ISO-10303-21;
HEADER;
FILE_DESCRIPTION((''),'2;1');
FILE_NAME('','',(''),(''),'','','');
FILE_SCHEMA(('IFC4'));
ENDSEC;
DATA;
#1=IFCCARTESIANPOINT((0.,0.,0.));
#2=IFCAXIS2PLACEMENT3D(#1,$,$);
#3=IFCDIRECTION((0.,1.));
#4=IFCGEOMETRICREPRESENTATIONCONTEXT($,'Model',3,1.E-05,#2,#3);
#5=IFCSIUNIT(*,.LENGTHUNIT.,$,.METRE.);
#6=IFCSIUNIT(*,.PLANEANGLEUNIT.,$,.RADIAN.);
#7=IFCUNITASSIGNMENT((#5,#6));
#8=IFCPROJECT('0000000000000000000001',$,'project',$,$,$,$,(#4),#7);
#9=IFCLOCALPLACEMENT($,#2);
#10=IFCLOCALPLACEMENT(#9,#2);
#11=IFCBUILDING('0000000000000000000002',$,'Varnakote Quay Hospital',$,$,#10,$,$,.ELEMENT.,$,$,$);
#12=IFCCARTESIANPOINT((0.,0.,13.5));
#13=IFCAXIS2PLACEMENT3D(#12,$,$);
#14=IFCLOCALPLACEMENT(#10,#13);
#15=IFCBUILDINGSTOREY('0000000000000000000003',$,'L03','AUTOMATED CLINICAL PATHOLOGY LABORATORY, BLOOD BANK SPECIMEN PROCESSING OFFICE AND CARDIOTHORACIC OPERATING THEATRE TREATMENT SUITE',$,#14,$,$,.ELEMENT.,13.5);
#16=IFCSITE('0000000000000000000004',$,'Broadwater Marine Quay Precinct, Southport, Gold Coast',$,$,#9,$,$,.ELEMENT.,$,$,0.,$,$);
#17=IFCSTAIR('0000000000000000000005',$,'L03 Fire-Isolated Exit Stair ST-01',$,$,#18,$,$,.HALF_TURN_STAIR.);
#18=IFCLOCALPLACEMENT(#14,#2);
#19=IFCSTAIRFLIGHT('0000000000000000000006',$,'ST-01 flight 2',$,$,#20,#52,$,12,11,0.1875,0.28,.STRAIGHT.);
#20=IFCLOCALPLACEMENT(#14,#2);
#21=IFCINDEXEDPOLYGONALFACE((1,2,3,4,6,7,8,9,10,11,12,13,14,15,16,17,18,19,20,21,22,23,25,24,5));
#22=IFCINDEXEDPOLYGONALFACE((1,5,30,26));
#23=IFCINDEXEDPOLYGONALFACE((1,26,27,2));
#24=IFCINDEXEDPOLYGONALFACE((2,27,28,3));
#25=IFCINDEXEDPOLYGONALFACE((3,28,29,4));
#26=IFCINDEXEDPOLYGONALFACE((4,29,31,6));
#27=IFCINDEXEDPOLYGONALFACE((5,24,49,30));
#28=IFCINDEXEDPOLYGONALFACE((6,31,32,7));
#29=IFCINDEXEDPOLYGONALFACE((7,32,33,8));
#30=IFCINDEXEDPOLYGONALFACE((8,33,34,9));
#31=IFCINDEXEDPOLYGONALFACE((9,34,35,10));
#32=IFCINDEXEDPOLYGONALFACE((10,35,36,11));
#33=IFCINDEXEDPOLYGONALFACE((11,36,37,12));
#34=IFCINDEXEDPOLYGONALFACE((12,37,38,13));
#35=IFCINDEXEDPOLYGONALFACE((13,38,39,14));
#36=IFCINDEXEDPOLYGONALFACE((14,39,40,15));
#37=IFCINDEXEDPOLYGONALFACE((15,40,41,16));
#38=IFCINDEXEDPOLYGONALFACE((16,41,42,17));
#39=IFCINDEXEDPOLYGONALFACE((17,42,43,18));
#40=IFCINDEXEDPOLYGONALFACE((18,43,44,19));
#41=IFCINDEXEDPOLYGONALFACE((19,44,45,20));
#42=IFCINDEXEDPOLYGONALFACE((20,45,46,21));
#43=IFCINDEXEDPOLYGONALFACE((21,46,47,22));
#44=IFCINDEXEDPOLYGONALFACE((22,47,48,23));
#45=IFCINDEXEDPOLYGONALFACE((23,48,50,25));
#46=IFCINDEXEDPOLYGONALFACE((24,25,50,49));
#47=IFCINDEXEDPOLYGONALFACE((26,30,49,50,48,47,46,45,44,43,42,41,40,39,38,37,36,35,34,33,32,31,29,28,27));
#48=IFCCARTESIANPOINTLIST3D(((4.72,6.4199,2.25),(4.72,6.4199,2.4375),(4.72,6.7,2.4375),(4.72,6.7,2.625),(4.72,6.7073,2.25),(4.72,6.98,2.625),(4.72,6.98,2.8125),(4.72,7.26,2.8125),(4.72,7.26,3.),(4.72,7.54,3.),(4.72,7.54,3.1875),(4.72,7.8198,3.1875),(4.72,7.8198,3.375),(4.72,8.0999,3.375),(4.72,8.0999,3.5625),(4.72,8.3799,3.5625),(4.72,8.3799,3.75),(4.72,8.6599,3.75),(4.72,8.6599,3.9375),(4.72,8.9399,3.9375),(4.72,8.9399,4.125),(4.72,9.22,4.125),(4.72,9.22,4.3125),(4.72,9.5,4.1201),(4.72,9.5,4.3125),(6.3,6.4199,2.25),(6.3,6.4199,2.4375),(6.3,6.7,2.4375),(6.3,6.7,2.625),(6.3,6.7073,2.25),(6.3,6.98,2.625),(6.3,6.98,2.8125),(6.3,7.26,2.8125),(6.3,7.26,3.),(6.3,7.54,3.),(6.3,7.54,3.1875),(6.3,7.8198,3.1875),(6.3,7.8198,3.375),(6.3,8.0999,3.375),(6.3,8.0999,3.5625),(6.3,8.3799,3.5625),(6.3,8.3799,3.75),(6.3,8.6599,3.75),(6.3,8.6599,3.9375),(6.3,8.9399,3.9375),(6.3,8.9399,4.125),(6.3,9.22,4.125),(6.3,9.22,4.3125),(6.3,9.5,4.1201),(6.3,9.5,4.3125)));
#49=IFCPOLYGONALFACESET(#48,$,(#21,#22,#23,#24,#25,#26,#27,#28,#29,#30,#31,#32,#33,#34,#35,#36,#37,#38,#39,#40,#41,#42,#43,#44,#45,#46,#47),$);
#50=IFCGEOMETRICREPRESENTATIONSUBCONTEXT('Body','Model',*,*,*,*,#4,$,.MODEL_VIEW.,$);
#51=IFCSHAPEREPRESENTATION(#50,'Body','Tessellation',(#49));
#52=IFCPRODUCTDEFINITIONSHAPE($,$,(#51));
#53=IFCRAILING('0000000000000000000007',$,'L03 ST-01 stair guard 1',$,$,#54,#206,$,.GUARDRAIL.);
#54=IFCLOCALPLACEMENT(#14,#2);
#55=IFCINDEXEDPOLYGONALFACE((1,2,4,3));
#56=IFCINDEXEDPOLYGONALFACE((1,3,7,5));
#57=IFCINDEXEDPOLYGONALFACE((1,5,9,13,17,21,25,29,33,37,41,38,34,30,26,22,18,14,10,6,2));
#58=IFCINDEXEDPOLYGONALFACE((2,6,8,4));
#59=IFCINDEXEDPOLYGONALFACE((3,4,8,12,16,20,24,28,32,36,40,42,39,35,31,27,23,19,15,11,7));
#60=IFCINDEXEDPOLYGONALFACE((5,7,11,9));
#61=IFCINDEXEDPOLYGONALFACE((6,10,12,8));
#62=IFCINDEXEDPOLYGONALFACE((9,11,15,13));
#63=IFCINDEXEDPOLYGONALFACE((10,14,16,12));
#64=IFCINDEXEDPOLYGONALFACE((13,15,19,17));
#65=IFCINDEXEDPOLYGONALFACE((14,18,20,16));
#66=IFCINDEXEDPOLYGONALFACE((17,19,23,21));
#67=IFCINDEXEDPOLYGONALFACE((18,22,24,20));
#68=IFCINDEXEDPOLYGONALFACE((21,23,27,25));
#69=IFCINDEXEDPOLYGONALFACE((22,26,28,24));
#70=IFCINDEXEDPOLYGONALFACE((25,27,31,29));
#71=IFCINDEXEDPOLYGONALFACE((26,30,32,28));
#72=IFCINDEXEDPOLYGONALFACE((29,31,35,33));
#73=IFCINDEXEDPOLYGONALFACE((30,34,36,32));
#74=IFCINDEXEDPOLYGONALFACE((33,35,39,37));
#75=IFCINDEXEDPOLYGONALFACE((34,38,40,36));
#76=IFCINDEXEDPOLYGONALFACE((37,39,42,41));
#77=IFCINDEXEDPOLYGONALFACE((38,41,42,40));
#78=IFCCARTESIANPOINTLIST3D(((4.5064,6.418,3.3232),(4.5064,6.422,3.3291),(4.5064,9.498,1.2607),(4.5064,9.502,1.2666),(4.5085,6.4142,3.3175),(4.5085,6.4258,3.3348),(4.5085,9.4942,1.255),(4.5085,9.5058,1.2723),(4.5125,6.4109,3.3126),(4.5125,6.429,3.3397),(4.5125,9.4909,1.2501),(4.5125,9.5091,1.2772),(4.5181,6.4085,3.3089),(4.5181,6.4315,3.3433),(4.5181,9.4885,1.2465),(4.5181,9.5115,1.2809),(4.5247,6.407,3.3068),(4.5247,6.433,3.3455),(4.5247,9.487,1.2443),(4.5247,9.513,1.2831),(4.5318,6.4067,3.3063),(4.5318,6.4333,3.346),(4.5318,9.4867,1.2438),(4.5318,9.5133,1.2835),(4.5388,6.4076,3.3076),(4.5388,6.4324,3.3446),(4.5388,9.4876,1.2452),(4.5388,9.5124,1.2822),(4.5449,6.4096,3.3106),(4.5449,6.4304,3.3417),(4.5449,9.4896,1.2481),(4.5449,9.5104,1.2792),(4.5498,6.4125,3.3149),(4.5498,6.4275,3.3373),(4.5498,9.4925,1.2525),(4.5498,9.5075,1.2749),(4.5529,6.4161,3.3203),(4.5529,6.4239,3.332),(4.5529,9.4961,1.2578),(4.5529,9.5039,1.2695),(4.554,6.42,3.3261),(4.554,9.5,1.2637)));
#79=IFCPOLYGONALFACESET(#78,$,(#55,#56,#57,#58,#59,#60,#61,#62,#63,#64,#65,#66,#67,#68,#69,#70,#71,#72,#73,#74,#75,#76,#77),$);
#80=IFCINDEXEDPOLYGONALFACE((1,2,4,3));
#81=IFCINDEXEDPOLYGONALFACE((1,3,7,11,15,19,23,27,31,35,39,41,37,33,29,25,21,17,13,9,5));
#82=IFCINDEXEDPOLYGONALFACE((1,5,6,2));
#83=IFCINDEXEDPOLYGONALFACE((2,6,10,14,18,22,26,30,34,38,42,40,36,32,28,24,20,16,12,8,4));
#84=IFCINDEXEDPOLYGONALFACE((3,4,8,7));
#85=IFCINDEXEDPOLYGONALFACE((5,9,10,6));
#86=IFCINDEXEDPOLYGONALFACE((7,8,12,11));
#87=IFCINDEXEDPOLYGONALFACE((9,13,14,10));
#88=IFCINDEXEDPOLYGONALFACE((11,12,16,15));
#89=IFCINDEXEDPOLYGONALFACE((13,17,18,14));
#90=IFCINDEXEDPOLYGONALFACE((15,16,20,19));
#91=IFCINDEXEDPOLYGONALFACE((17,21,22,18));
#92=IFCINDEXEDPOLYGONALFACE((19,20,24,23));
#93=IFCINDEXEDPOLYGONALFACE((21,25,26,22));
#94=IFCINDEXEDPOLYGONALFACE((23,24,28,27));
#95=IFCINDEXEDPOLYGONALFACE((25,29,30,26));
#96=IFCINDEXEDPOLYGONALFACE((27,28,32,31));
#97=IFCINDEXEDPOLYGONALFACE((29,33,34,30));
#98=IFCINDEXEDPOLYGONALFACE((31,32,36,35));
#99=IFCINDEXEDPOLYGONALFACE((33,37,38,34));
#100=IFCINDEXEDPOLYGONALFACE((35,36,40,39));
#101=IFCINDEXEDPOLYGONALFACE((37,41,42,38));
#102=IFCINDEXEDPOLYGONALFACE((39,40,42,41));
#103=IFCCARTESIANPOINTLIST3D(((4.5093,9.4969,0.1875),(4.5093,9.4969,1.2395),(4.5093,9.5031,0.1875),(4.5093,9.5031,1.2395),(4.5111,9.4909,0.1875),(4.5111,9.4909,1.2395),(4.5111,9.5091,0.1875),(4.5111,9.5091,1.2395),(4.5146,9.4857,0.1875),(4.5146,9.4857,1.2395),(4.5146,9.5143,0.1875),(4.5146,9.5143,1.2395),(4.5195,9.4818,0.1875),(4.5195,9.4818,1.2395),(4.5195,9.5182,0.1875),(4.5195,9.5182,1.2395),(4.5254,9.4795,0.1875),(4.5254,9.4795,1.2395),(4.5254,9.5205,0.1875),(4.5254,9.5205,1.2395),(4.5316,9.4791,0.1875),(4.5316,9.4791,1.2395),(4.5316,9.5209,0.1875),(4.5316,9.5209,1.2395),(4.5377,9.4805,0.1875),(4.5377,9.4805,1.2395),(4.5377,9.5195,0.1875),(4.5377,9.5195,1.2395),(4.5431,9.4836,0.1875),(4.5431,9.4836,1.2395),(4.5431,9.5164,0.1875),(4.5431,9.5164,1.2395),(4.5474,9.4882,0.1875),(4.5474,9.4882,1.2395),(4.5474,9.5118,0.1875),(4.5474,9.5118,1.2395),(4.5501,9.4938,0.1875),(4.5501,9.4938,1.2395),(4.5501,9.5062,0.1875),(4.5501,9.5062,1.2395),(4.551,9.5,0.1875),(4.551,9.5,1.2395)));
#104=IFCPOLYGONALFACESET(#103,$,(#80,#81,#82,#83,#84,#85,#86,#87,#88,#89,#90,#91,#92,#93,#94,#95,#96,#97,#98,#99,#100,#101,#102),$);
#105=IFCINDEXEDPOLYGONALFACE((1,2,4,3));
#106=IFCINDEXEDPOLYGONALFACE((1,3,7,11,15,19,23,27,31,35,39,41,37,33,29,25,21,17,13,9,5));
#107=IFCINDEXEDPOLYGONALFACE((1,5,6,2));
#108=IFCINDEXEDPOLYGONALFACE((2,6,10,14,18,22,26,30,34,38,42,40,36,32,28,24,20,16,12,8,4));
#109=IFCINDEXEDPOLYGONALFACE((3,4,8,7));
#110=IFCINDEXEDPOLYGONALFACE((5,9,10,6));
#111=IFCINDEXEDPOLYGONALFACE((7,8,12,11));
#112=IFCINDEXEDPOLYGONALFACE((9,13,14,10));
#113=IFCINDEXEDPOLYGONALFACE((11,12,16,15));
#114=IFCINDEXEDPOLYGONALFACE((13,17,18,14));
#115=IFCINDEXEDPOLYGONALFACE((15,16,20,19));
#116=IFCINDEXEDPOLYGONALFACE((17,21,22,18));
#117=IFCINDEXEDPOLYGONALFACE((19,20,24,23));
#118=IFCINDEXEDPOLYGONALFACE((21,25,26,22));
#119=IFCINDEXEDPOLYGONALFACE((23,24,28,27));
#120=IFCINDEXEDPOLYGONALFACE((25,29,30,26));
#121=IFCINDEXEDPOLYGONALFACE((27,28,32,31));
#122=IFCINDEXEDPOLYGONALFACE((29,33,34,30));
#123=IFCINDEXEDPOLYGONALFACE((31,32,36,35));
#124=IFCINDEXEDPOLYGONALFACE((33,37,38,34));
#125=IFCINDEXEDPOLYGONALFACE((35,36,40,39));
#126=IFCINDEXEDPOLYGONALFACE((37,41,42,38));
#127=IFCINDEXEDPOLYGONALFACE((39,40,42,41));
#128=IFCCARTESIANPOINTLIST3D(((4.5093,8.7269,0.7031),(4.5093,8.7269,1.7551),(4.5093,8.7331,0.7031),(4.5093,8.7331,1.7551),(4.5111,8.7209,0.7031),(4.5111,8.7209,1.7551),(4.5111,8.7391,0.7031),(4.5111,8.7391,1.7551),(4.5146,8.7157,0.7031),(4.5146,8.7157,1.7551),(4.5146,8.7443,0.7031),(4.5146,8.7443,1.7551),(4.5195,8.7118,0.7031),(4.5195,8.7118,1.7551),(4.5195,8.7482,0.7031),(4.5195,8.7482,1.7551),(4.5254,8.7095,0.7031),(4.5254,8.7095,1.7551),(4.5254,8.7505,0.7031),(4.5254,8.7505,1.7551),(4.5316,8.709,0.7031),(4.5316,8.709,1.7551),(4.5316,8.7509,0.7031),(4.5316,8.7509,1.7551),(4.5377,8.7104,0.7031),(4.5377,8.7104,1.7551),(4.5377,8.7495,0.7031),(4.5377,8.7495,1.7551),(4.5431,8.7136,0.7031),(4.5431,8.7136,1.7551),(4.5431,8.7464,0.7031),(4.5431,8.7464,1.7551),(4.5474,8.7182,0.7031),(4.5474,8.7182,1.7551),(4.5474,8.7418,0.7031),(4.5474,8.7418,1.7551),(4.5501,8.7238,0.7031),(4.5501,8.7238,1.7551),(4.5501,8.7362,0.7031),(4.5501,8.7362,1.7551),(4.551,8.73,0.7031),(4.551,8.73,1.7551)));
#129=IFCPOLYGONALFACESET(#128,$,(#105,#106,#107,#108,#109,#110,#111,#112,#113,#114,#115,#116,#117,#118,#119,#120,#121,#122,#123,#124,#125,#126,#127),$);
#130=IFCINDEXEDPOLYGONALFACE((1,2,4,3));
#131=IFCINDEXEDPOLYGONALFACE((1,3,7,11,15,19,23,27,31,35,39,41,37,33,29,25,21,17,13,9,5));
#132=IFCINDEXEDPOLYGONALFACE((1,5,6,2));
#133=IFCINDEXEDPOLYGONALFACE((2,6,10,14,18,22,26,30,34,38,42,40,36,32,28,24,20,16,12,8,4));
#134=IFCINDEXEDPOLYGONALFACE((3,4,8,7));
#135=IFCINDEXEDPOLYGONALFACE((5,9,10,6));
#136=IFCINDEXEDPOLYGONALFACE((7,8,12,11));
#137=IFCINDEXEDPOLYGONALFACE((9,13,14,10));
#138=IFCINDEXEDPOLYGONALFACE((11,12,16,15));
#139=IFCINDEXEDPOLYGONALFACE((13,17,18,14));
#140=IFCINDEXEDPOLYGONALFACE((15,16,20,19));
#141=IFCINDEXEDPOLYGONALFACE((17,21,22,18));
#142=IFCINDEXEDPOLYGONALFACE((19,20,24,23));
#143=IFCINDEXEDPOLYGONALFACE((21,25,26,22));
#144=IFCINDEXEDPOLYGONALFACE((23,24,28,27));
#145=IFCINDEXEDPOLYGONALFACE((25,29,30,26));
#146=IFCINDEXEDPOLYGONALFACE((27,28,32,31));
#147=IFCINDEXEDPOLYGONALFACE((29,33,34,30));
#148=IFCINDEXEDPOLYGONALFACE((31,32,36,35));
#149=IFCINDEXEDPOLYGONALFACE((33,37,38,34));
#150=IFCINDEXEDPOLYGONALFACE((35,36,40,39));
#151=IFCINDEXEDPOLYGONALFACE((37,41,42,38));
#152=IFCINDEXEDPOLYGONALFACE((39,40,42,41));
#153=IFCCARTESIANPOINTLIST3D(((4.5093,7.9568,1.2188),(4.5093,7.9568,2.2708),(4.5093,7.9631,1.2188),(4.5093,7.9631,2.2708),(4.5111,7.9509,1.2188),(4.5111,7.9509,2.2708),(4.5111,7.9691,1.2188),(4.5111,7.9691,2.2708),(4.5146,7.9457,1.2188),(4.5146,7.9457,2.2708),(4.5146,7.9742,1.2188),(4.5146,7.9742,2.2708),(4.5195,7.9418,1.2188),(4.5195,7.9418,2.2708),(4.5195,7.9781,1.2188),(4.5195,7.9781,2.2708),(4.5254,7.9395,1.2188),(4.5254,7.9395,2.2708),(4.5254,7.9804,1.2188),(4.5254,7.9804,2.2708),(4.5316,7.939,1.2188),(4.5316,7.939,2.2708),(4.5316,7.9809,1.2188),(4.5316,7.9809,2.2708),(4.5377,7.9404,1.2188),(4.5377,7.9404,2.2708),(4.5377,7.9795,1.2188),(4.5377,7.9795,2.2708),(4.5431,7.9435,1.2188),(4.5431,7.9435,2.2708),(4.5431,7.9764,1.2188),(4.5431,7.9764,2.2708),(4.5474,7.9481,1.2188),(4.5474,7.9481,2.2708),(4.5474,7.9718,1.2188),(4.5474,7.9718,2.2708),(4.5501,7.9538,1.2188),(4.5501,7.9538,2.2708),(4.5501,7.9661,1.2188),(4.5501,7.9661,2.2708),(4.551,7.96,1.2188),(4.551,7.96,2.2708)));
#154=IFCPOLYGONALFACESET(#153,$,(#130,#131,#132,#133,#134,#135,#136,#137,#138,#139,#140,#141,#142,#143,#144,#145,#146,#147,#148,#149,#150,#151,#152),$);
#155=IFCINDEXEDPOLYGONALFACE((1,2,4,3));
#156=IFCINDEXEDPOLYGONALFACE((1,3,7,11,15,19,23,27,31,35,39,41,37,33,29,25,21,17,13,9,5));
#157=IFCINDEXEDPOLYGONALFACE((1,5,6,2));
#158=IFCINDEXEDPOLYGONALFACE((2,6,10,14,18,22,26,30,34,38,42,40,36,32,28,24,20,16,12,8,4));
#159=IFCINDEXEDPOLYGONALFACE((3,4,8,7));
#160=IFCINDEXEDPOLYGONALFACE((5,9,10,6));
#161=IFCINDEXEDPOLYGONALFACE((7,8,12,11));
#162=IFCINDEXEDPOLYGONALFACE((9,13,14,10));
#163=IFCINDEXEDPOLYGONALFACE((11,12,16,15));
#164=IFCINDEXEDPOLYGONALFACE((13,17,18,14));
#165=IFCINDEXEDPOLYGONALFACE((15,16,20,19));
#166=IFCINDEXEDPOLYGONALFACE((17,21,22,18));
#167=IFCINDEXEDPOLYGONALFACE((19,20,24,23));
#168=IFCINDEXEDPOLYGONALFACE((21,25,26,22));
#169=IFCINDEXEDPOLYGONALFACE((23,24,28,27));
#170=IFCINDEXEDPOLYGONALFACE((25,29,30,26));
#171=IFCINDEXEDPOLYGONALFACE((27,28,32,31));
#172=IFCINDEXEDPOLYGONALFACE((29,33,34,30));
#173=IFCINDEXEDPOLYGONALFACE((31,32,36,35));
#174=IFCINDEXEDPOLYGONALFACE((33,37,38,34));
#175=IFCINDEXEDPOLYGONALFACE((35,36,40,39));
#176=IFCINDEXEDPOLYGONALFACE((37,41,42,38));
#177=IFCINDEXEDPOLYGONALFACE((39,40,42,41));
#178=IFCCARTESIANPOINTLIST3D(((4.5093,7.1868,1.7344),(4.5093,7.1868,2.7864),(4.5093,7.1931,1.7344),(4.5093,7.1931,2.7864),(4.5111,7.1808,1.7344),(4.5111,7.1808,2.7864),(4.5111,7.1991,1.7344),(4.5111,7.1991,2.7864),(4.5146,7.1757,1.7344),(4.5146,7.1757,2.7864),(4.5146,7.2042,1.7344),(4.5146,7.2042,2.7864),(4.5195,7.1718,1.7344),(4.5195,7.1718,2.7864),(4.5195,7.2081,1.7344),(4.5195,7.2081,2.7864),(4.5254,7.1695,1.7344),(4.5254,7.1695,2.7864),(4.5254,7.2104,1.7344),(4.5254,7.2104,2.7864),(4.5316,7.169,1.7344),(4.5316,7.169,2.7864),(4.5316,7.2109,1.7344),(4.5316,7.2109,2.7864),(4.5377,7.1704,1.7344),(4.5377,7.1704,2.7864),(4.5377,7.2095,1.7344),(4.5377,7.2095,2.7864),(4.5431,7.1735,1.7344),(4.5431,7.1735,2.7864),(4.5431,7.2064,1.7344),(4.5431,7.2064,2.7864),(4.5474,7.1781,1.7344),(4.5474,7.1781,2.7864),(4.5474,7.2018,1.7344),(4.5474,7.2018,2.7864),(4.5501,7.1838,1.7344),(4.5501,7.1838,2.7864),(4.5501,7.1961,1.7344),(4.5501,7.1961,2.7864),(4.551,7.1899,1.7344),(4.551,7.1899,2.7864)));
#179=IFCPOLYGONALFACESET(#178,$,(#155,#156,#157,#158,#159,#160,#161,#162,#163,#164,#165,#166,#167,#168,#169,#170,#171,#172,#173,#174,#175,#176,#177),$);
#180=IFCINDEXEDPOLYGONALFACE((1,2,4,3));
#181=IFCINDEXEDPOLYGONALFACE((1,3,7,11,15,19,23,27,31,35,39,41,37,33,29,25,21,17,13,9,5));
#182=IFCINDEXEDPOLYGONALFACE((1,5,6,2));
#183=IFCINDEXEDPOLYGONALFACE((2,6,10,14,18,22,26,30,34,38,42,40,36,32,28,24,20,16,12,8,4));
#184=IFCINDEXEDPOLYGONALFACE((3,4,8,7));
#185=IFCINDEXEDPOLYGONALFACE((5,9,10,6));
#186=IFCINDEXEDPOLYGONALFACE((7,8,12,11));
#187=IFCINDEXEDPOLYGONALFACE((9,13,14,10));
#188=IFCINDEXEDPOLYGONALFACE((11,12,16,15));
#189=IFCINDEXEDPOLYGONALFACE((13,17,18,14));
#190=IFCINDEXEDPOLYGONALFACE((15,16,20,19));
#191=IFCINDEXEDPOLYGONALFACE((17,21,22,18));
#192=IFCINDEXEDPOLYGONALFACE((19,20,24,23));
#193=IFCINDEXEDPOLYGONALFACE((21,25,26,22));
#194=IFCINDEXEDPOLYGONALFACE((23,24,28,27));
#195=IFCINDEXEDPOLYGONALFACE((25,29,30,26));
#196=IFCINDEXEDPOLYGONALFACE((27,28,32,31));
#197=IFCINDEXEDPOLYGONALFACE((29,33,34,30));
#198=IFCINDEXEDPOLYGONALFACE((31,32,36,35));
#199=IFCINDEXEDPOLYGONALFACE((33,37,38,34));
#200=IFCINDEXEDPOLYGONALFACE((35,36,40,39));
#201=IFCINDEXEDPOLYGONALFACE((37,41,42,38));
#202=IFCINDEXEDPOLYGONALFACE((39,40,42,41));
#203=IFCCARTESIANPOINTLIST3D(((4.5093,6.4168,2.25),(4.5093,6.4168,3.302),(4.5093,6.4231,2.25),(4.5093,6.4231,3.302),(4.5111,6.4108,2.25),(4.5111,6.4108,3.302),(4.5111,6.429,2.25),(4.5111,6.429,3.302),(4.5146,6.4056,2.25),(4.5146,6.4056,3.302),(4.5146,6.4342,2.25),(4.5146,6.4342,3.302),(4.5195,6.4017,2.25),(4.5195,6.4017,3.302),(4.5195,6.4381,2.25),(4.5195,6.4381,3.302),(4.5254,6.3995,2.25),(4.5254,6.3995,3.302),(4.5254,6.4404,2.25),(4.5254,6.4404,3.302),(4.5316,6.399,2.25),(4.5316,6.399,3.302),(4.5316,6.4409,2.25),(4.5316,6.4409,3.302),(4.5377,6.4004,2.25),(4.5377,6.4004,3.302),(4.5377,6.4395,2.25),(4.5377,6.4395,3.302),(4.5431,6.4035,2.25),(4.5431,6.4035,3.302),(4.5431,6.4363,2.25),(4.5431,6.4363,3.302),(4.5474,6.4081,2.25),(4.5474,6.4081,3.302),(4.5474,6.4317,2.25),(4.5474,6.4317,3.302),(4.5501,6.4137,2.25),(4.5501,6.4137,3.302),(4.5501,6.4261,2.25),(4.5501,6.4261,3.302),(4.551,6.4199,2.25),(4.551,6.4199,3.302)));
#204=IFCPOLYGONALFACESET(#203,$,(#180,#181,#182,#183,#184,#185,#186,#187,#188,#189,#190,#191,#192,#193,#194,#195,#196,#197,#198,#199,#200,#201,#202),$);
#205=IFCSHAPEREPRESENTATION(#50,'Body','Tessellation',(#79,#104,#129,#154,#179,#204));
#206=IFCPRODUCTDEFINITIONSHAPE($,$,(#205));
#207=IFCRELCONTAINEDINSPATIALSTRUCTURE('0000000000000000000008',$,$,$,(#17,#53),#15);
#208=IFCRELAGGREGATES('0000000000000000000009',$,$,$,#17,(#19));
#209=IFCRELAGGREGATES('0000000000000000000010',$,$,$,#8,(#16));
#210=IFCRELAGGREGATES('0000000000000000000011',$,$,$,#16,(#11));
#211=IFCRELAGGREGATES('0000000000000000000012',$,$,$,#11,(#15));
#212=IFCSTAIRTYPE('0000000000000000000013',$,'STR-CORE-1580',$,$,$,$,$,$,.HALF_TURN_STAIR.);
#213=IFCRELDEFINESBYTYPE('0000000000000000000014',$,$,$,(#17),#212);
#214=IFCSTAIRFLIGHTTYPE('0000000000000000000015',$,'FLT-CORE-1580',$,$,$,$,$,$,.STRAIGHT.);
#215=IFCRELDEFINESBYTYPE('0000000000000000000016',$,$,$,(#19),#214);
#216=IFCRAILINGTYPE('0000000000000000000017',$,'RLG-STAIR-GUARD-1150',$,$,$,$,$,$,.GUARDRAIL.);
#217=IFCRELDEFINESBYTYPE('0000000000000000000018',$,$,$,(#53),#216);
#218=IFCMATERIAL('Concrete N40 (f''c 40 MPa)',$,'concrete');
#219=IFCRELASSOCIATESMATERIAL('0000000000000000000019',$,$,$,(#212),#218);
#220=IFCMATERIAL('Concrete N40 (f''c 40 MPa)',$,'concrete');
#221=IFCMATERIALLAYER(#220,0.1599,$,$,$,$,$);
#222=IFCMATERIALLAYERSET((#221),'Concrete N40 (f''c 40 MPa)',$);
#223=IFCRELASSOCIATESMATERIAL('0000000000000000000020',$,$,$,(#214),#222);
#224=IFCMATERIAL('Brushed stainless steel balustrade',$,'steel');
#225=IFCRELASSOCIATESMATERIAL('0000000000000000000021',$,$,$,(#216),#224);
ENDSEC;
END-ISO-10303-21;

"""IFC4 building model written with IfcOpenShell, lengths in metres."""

from ifc_helpers import new_model, si_unit, direction, frame, origin, origin_2d, place, context, subcontext, project, spatial, polyline, circle, outline, extrude, material, layer, layer_set, type_object, element, aggregate, save


model = new_model("IFC4")

# Units and contexts
model_context = context("Model", 3, precision=1e-05, world=origin(), true_north=direction((0.0, 1.0)))
body_context = subcontext(model_context, "Body", "Model", "MODEL_VIEW")
ifc_project = project(units=[si_unit("LENGTHUNIT", "METRE"), si_unit("PLANEANGLEUNIT", "RADIAN")], contexts=[model_context])

# Site, building, storey
site_placement = place(None, origin())
site = spatial("IfcSite", under=ifc_project, at=site_placement, Name="Broadwater Marine Quay Precinct, Southport, Gold Coast", CompositionType="ELEMENT", RefElevation=0.0)
building_placement = place(site_placement, origin())
building = spatial("IfcBuilding", under=site, at=building_placement, Name="Varnakote Quay Hospital", CompositionType="ELEMENT")
storey_placement = place(building_placement, frame((0.0, 0.0, 13.5)))
storey = spatial("IfcBuildingStorey", under=building, at=storey_placement, Name="L03", Description="AUTOMATED CLINICAL PATHOLOGY LABORATORY, BLOOD BANK SPECIMEN PROCESSING OFFICE AND CARDIOTHORACIC OPERATING THEATRE TREATMENT SUITE", CompositionType="ELEMENT", Elevation=13.5)

# Stair
ifc_material_1 = material(Name="Concrete N40 (f'c 40 MPa)", Category="concrete")
stair_type_1 = type_object("IfcStairType", Name="STR-CORE-1580", PredefinedType="HALF_TURN_STAIR", material=ifc_material_1)
stair_1_placement = place(storey_placement, origin())
stair_1 = element("IfcStair", 1, at=stair_1_placement, inside=storey, type_object=stair_type_1, Name="L03 Fire-Isolated Exit Stair ST-01", PredefinedType="HALF_TURN_STAIR")

# Stair flight
ifc_material_2 = material(Name="Concrete N40 (f'c 40 MPa)", Category="concrete")
ifc_layer_1 = layer(ifc_material_2, 0.1599)
ifc_layer_set_1 = layer_set([ifc_layer_1], Name="Concrete N40 (f'c 40 MPa)")
stair_flight_type = type_object("IfcStairFlightType", Name="FLT-CORE-1580", PredefinedType="STRAIGHT", material=ifc_layer_set_1)
stair_flight_1_placement = place(storey_placement, frame((5.51, 6.4199, 2.25), z_axis=(0.0, 0.0, 1.0), x_axis=(0.0, 1.0, 0.0)))
stair_flight_1 = element("IfcStairFlight", 2, at=stair_flight_1_placement, type_object=stair_flight_type, Name="ST-01 flight 2", NumberOfRisers=12, NumberOfTreads=11, PredefinedType="STRAIGHT", RiserHeight=0.1875, TreadLength=0.28, context=body_context, shape_type="SweptSolid", body=[
    extrude(outline(polyline([(0.0, 0.0), (0.0, 0.1875), (0.28, 0.1875), (0.28, 0.375), (0.5601, 0.375), (0.5601, 0.5625), (0.8401, 0.5625), (0.8401, 0.75), (1.1201, 0.75), (1.1201, 0.9375), (1.3999, 0.9375), (1.3999, 1.125), (1.6799, 1.125), (1.6799, 1.3125), (1.96, 1.3125), (1.96, 1.5), (2.24, 1.5), (2.24, 1.6875), (2.52, 1.6875), (2.52, 1.875), (2.8, 1.875), (2.8, 2.0625), (3.0801, 2.0625), (3.0801, 2.25), (3.0801, 1.8701), (0.2874, 0.0), (0.0, 0.0)])), frame((0.0, 0.79, 0.0), z_axis=(0.0, -1.0, 0.0), x_axis=(1.0, 0.0, 0.0)), (0.0, 0.0, 1.0), 1.5801),
])
aggregate(stair_1, [stair_flight_1])

# Railing
ifc_material_3 = material(Name="Brushed stainless steel balustrade", Category="steel")
railing_type_1 = type_object("IfcRailingType", Name="RLG-STAIR-GUARD-1150", PredefinedType="GUARDRAIL", material=ifc_material_3)
railing_1_placement = place(storey_placement, frame((4.53, 9.5, 0.1875)))
element("IfcRailing", 3, at=railing_1_placement, inside=storey, type_object=railing_type_1, Name="L03 ST-01 stair guard 1", PredefinedType="GUARDRAIL", context=body_context, shape_type="SweptSolid", body=[
    extrude(circle(Radius=0.0239, at=origin_2d()), frame((0.0, 0.0, 1.0762), z_axis=(0.0, -0.830914, 0.556401), x_axis=(1.0, 0.0, 0.0)), (0.0, 0.0, 1.0), 3.7068),
    extrude(circle(Radius=0.021, at=origin_2d()), origin(), (0.0, 0.0, 1.0), 1.052),
    extrude(circle(Radius=0.021, at=origin_2d()), frame((0.0, -0.77, 0.5156)), (0.0, 0.0, 1.0), 1.052),
    extrude(circle(Radius=0.021, at=origin_2d()), frame((0.0, -1.54, 1.0312)), (0.0, 0.0, 1.0), 1.052),
    extrude(circle(Radius=0.021, at=origin_2d()), frame((0.0, -2.3101, 1.5469)), (0.0, 0.0, 1.0), 1.052),
    extrude(circle(Radius=0.021, at=origin_2d()), frame((0.0, -3.0801, 2.0625)), (0.0, 0.0, 1.0), 1.052),
])

save(model, "model.ifc")
